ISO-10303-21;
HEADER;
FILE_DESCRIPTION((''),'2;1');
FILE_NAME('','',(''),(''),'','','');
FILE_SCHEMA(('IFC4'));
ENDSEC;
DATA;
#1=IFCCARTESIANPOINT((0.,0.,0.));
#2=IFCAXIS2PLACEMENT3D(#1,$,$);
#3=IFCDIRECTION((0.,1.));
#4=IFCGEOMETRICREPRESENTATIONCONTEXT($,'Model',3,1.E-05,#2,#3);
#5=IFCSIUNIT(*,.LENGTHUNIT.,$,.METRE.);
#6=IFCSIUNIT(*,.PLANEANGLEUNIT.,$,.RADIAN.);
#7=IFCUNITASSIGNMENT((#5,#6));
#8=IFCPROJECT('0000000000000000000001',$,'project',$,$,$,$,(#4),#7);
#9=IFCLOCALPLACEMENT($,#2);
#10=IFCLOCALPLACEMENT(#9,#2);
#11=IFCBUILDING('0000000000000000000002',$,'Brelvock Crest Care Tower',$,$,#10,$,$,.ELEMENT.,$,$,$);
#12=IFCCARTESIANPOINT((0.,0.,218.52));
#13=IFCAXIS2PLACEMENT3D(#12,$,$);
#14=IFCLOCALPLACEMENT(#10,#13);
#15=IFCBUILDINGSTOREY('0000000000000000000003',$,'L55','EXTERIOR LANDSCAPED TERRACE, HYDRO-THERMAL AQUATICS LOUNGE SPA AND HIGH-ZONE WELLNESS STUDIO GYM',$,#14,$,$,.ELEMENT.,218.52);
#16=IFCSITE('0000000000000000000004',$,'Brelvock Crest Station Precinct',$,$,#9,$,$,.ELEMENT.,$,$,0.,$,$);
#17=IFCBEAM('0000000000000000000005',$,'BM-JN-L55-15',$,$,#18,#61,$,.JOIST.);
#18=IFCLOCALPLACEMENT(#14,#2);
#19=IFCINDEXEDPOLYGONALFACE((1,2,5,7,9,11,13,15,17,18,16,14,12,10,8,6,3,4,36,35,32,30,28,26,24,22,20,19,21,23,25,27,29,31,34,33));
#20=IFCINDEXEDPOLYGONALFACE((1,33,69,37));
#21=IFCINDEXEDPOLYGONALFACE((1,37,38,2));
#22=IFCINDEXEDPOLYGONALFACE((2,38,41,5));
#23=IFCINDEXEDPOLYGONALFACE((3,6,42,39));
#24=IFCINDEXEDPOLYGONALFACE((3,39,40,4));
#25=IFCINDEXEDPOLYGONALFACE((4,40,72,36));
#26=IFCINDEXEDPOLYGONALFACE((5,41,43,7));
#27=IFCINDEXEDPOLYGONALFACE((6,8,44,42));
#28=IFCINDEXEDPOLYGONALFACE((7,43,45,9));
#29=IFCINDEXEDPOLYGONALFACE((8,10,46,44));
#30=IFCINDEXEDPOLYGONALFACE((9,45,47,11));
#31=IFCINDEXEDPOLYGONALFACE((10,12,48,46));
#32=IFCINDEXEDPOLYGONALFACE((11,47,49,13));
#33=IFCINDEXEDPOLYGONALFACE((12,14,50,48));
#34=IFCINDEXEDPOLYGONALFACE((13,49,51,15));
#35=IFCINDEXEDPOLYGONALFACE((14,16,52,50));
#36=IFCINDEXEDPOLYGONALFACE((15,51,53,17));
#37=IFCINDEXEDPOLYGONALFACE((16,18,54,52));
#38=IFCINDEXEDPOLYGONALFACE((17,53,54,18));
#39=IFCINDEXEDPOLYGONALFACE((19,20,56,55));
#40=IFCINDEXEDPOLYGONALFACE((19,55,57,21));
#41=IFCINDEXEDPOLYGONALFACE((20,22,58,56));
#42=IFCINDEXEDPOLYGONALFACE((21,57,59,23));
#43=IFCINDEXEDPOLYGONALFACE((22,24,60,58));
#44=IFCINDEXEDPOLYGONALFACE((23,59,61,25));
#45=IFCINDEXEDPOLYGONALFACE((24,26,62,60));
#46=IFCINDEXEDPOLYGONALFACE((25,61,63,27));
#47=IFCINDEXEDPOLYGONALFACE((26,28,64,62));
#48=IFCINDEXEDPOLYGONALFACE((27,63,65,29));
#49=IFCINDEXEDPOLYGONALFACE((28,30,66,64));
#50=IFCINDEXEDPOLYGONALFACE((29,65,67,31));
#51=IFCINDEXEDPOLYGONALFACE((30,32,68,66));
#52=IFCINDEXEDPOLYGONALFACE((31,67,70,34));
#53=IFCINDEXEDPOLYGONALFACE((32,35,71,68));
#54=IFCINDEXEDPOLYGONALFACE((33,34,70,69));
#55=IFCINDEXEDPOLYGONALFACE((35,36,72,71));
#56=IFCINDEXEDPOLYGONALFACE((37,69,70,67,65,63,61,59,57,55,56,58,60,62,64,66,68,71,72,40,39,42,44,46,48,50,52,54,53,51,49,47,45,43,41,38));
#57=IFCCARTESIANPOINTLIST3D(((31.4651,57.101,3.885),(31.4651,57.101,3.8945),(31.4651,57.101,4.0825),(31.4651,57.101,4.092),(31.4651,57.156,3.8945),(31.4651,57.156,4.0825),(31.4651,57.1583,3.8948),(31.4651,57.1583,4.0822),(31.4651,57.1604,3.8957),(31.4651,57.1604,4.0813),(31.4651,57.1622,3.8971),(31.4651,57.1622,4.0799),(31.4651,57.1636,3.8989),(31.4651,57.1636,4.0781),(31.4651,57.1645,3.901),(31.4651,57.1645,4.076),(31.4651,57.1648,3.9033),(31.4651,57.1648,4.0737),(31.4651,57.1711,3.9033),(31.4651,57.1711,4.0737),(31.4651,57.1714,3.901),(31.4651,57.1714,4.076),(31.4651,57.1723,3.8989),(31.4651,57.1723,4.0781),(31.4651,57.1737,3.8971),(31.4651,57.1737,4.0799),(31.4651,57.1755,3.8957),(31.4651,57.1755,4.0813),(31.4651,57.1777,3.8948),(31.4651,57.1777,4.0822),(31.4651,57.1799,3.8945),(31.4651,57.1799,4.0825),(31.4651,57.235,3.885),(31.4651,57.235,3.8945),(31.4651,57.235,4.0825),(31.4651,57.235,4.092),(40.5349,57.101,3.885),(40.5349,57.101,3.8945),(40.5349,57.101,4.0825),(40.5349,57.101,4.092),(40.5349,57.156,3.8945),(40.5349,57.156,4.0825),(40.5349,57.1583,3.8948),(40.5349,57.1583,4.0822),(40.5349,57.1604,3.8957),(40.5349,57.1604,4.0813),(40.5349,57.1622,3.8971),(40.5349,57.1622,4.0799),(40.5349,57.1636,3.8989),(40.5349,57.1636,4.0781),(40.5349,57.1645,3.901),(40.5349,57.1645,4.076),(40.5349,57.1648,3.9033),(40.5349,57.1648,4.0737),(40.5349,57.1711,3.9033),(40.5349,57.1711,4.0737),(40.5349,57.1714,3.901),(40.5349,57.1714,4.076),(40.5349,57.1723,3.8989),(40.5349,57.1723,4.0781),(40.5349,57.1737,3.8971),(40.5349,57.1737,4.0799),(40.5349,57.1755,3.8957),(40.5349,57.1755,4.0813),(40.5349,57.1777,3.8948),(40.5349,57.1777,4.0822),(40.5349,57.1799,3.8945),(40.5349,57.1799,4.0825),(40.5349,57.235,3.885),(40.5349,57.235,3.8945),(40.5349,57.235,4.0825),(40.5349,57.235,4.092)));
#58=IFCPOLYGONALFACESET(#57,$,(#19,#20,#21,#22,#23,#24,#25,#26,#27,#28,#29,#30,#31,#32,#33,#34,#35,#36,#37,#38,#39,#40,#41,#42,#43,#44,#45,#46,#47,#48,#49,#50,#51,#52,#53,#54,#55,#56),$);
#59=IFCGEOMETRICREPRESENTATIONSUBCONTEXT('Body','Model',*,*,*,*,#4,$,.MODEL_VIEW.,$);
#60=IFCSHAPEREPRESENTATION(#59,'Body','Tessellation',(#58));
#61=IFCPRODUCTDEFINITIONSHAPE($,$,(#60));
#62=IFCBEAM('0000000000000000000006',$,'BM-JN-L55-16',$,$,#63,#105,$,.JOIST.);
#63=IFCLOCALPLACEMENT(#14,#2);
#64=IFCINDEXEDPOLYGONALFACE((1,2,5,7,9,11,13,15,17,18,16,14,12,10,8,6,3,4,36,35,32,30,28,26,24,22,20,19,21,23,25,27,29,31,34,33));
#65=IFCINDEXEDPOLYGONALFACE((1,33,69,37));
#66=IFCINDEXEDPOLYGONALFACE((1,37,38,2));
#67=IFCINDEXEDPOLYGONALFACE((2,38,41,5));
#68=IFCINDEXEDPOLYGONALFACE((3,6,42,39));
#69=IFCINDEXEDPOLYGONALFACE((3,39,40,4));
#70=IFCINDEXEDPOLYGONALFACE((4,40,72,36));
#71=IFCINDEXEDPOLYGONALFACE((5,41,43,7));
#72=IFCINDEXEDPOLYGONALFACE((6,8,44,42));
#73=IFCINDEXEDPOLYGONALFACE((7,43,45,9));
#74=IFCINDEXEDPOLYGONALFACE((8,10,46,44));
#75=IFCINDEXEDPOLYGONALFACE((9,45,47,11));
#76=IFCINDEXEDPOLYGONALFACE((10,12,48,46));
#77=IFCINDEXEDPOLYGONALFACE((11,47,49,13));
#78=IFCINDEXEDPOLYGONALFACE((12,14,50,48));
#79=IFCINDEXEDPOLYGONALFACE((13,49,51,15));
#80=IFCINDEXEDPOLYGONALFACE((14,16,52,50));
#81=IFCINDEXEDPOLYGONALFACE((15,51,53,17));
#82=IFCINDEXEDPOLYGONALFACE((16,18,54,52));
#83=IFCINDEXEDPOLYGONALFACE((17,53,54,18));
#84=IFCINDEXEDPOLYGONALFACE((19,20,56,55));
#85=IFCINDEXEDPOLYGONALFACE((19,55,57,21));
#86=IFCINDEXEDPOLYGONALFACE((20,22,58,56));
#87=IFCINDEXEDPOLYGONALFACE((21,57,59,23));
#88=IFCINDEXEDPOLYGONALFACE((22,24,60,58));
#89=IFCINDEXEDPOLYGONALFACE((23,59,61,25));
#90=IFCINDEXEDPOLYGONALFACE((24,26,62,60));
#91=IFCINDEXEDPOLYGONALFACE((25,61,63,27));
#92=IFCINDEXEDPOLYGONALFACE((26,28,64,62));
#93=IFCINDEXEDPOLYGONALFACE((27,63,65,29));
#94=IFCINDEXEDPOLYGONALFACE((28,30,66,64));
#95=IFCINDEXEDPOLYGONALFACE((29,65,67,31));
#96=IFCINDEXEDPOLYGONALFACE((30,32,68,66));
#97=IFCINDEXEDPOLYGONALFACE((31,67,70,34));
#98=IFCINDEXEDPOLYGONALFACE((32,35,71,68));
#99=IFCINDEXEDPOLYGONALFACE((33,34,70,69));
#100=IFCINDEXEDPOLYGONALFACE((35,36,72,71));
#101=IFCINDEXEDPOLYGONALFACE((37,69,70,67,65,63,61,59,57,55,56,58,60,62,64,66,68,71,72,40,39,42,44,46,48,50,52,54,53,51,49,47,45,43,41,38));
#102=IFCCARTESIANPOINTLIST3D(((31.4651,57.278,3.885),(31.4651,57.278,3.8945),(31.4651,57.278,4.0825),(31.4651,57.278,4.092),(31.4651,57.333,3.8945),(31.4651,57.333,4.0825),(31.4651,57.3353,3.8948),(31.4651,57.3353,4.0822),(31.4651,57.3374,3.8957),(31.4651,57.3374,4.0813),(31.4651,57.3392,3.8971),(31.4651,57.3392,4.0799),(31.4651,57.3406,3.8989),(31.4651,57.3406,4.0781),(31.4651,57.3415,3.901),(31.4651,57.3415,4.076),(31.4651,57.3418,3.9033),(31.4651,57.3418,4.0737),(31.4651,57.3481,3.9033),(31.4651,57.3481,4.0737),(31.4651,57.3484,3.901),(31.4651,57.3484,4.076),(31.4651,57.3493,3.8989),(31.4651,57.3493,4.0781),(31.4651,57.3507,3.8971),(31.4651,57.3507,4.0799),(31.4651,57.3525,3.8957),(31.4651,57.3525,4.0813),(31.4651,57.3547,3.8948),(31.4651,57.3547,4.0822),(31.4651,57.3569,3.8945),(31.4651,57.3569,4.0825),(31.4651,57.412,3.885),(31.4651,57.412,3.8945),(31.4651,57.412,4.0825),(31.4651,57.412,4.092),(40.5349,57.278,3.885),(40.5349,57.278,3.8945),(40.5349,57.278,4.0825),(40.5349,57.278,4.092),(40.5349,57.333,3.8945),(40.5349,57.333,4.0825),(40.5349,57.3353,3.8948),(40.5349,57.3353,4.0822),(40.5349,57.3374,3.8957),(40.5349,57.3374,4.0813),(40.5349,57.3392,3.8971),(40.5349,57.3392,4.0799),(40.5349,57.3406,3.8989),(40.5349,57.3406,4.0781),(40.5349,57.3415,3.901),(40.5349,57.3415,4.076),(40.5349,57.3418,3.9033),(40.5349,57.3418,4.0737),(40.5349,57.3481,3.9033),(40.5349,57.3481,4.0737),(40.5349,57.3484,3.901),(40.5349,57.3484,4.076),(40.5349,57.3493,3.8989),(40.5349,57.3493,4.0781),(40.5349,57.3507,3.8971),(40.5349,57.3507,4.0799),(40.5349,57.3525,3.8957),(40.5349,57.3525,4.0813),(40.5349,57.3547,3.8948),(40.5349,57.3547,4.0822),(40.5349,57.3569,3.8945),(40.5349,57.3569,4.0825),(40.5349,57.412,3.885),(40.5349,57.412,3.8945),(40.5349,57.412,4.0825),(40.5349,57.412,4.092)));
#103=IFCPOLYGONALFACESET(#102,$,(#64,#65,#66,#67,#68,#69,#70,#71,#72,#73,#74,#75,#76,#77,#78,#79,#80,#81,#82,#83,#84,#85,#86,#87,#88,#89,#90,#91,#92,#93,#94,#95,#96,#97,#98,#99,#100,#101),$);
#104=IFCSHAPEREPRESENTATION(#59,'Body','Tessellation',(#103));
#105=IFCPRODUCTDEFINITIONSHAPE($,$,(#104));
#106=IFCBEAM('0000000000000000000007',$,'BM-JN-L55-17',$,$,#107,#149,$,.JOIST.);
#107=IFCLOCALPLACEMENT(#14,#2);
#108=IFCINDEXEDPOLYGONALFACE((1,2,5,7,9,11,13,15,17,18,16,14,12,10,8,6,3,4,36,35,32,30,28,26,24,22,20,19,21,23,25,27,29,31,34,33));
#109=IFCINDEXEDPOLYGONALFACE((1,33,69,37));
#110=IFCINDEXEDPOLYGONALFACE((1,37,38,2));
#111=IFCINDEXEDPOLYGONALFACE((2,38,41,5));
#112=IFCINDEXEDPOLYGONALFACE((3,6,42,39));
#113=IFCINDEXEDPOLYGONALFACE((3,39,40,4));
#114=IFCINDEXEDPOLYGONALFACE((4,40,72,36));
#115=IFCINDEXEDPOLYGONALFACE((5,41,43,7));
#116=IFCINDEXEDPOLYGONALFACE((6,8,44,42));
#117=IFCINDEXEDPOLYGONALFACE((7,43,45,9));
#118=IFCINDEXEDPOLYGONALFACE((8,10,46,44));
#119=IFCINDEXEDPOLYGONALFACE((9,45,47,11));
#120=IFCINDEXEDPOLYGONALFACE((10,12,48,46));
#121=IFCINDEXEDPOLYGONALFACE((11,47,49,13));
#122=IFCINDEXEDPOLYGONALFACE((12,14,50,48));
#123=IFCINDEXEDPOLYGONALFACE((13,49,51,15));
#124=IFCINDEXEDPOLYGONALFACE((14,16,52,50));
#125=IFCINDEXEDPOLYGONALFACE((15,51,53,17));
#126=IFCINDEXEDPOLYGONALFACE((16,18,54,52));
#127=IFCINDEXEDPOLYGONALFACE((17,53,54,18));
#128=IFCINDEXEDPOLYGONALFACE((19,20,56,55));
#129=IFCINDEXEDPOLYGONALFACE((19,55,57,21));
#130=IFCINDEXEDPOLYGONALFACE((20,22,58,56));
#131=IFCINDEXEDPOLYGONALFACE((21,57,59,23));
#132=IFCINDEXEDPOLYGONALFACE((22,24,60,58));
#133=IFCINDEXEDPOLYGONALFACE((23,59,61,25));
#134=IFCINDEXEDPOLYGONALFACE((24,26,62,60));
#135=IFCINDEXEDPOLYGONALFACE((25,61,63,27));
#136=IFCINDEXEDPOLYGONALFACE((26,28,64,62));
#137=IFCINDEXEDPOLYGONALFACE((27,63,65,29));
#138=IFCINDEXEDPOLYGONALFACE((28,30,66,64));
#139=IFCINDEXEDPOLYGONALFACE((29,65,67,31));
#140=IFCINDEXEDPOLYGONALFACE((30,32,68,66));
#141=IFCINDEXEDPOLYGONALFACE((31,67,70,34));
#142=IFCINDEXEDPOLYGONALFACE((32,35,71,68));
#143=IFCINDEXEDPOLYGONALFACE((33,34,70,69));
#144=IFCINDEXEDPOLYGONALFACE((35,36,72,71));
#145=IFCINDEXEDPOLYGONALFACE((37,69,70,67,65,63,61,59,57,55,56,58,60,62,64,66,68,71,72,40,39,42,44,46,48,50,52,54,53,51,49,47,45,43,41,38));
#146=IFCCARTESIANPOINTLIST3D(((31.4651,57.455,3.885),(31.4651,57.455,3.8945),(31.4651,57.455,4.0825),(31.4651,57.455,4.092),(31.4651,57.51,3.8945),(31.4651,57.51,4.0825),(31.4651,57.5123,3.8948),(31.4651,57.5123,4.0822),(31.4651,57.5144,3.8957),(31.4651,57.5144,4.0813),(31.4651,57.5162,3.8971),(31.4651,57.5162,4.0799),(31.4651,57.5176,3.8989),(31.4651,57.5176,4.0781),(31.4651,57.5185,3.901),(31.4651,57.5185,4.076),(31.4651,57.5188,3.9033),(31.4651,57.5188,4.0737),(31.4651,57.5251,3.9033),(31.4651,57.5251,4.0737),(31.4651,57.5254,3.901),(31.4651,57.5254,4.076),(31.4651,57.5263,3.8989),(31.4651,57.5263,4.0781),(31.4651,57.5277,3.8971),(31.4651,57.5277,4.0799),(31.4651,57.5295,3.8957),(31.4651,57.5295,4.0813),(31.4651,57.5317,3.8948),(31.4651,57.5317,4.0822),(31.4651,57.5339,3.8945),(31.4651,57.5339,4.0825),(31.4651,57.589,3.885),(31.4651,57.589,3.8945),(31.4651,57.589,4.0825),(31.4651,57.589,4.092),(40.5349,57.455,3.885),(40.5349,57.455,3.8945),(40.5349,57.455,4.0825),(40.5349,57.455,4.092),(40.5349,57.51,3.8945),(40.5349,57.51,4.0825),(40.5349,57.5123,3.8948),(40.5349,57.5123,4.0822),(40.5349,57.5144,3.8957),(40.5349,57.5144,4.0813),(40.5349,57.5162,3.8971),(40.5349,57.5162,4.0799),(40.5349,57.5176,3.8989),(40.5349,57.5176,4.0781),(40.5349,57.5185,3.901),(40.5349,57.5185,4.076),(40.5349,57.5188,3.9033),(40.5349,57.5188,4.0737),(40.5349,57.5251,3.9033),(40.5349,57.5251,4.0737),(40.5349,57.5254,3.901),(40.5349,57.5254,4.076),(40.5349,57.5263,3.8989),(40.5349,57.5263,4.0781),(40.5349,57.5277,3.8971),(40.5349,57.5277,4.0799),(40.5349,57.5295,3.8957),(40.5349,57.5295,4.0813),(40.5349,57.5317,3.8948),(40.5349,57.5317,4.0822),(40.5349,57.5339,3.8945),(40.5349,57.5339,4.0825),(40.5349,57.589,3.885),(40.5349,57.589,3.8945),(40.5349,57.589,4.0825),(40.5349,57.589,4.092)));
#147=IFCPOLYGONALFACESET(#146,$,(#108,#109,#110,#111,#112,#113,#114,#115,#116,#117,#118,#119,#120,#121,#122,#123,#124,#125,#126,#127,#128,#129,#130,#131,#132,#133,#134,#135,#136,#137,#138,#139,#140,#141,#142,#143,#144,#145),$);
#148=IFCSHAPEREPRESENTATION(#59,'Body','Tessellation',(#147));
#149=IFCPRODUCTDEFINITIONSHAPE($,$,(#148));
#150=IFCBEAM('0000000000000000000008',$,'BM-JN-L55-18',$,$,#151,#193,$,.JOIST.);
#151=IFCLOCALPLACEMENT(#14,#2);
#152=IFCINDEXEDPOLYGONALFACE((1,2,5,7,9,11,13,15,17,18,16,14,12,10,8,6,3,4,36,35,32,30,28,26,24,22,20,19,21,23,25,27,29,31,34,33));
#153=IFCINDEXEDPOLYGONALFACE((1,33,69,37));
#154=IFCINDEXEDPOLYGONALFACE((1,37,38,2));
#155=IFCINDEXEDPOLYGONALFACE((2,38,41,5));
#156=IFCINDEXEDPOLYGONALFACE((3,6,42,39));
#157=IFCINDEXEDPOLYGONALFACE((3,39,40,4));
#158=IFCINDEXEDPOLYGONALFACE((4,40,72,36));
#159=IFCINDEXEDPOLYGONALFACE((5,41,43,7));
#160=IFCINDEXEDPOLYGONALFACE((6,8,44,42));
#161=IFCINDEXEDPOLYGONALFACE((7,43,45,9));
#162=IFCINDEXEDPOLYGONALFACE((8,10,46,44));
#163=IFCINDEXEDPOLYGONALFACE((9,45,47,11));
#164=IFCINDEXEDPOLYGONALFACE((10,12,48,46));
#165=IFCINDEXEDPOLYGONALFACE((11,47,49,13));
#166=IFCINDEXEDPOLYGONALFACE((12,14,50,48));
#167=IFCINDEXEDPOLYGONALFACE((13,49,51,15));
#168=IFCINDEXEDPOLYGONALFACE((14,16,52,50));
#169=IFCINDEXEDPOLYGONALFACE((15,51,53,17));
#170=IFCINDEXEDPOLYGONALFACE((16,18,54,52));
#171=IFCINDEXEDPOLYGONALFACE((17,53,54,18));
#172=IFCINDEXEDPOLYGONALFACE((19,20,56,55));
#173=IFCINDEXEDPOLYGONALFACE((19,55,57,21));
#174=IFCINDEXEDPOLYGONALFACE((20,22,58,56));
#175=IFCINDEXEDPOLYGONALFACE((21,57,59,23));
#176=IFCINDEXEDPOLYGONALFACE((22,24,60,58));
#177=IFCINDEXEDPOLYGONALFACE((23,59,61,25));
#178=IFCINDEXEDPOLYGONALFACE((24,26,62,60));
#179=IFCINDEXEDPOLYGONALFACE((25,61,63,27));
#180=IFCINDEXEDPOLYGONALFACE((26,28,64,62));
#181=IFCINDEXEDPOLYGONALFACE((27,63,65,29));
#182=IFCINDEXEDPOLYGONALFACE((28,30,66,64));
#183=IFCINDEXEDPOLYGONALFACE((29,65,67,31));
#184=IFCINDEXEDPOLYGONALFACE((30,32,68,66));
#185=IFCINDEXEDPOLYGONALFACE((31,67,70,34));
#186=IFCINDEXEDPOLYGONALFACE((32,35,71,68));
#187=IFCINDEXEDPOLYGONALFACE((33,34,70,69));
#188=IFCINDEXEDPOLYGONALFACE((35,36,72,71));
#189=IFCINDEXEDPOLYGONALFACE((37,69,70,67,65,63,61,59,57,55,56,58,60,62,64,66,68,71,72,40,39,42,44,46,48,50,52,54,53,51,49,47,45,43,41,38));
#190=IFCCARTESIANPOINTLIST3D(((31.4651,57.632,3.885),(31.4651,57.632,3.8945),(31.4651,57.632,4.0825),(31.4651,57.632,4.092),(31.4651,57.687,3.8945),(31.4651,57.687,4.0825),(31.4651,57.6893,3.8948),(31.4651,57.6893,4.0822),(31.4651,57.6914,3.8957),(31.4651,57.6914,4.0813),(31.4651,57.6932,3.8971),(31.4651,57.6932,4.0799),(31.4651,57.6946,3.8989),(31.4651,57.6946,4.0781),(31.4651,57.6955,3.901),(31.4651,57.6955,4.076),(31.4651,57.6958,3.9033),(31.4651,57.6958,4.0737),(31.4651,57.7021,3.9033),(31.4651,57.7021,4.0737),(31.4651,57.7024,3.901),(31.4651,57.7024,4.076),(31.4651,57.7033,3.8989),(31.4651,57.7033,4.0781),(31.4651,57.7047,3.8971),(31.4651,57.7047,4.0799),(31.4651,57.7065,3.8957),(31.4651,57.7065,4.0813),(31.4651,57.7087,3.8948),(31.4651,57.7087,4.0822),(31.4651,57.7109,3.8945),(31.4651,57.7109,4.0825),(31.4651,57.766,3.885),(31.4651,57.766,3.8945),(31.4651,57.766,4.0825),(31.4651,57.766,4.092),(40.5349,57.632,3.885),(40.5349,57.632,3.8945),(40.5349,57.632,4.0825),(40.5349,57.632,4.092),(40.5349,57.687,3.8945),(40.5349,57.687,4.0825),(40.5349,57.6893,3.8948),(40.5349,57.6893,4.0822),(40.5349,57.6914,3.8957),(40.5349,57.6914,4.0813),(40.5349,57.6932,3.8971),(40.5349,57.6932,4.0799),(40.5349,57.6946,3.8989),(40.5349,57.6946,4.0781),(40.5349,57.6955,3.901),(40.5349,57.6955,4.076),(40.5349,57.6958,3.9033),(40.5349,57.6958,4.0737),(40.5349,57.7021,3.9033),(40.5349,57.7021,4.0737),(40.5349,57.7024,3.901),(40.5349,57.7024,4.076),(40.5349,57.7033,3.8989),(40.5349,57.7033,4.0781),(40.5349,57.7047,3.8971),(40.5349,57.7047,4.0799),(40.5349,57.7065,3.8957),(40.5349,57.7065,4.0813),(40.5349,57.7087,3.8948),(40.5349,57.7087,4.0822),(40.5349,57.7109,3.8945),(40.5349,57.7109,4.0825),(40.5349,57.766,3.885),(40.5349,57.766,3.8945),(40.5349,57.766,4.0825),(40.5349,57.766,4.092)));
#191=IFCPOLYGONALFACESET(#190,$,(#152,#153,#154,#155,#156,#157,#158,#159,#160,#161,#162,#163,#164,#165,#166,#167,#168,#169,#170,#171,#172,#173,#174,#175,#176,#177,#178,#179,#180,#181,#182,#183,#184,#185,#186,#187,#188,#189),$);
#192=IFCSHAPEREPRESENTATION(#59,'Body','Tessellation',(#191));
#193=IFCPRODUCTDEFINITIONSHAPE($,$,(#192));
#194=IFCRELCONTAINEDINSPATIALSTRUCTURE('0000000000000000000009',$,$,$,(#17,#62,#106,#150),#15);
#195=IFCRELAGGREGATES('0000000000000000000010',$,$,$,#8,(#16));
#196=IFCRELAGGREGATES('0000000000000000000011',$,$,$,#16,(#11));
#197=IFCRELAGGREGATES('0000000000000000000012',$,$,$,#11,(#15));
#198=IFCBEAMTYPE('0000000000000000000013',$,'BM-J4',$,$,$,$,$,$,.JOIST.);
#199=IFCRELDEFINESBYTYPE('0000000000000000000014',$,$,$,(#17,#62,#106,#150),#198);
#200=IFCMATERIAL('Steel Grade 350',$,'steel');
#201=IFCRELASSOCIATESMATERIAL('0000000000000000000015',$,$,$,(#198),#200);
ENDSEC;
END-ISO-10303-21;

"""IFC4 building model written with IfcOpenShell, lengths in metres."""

from ifc_helpers import new_model, si_unit, direction, frame, origin, origin_2d, place, context, subcontext, project, spatial, i_section, extrude, source, transform, mapped, material, material_profile, profile_set, type_object, element, save


model = new_model("IFC4")

# Units and contexts
model_context = context("Model", 3, precision=1e-05, world=origin(), true_north=direction((0.0, 1.0)))
body_context = subcontext(model_context, "Body", "Model", "MODEL_VIEW")
ifc_project = project(units=[si_unit("LENGTHUNIT", "METRE"), si_unit("PLANEANGLEUNIT", "RADIAN")], contexts=[model_context])

# Site, building, storey
site_placement = place(None, origin())
site = spatial("IfcSite", under=ifc_project, at=site_placement, Name="Brelvock Crest Station Precinct", CompositionType="ELEMENT", RefElevation=0.0)
building_placement = place(site_placement, origin())
building = spatial("IfcBuilding", under=site, at=building_placement, Name="Brelvock Crest Care Tower", CompositionType="ELEMENT")
storey_placement = place(building_placement, frame((0.0, 0.0, 218.52)))
storey = spatial("IfcBuildingStorey", under=building, at=storey_placement, Name="L55", Description="EXTERIOR LANDSCAPED TERRACE, HYDRO-THERMAL AQUATICS LOUNGE SPA AND HIGH-ZONE WELLNESS STUDIO GYM", CompositionType="ELEMENT", Elevation=218.52)

# Shared definitions
ifc_material_1 = material(Name="Steel Grade 350", Category="steel")

# Beams
ifc_material_profile_1 = material_profile(ifc_material_1, i_section(OverallWidth=0.134, OverallDepth=0.207, WebThickness=0.0063, FlangeThickness=0.0095, FilletRadius=0.0088, at=origin_2d()), Name="200UB29.8")
ifc_profile_set_1 = profile_set([ifc_material_profile_1], Name="Steel Grade 350")
beam_type_1 = type_object("IfcBeamType", Name="BM-J4", PredefinedType="JOIST", material=ifc_profile_set_1)
shared_shape_1 = source(origin(), body_context, "Body", "SweptSolid", [
    extrude(i_section(OverallWidth=0.134, OverallDepth=0.207, WebThickness=0.0063, FlangeThickness=0.0095, FilletRadius=0.0088, at=origin_2d()), origin(), (0.0, 0.0, 1.0), 9.0698),
])
for number, where, z_axis, x_axis, name in (
    (1, (31.4651, 57.168, 3.9885), (1.0, 0.0, 0.0), (0.0, 1.0, 0.0), "BM-JN-L55-15"),
    (2, (31.4651, 57.345, 3.9885), (1.0, 0.0, 0.0), (0.0, 1.0, 0.0), "BM-JN-L55-16"),
    (3, (31.4651, 57.522, 3.9885), (1.0, 0.0, 0.0), (0.0, 1.0, 0.0), "BM-JN-L55-17"),
    (4, (31.4651, 57.699, 3.9885), (1.0, 0.0, 0.0), (0.0, 1.0, 0.0), "BM-JN-L55-18"),
):
    element("IfcBeam", number, at=place(storey_placement, frame(where, z_axis=z_axis, x_axis=x_axis)), inside=storey, type_object=beam_type_1, Name=name, PredefinedType="JOIST", context=body_context, shape_type="MappedRepresentation", body=[
        mapped(shared_shape_1, transform((0.0, 0.0, 0.0), x_axis=(1.0, 0.0, 0.0), y_axis=(0.0, 1.0, 0.0), z_axis=(0.0, 0.0, 1.0), scale=1.0)),
    ])

save(model, "model.ifc")
